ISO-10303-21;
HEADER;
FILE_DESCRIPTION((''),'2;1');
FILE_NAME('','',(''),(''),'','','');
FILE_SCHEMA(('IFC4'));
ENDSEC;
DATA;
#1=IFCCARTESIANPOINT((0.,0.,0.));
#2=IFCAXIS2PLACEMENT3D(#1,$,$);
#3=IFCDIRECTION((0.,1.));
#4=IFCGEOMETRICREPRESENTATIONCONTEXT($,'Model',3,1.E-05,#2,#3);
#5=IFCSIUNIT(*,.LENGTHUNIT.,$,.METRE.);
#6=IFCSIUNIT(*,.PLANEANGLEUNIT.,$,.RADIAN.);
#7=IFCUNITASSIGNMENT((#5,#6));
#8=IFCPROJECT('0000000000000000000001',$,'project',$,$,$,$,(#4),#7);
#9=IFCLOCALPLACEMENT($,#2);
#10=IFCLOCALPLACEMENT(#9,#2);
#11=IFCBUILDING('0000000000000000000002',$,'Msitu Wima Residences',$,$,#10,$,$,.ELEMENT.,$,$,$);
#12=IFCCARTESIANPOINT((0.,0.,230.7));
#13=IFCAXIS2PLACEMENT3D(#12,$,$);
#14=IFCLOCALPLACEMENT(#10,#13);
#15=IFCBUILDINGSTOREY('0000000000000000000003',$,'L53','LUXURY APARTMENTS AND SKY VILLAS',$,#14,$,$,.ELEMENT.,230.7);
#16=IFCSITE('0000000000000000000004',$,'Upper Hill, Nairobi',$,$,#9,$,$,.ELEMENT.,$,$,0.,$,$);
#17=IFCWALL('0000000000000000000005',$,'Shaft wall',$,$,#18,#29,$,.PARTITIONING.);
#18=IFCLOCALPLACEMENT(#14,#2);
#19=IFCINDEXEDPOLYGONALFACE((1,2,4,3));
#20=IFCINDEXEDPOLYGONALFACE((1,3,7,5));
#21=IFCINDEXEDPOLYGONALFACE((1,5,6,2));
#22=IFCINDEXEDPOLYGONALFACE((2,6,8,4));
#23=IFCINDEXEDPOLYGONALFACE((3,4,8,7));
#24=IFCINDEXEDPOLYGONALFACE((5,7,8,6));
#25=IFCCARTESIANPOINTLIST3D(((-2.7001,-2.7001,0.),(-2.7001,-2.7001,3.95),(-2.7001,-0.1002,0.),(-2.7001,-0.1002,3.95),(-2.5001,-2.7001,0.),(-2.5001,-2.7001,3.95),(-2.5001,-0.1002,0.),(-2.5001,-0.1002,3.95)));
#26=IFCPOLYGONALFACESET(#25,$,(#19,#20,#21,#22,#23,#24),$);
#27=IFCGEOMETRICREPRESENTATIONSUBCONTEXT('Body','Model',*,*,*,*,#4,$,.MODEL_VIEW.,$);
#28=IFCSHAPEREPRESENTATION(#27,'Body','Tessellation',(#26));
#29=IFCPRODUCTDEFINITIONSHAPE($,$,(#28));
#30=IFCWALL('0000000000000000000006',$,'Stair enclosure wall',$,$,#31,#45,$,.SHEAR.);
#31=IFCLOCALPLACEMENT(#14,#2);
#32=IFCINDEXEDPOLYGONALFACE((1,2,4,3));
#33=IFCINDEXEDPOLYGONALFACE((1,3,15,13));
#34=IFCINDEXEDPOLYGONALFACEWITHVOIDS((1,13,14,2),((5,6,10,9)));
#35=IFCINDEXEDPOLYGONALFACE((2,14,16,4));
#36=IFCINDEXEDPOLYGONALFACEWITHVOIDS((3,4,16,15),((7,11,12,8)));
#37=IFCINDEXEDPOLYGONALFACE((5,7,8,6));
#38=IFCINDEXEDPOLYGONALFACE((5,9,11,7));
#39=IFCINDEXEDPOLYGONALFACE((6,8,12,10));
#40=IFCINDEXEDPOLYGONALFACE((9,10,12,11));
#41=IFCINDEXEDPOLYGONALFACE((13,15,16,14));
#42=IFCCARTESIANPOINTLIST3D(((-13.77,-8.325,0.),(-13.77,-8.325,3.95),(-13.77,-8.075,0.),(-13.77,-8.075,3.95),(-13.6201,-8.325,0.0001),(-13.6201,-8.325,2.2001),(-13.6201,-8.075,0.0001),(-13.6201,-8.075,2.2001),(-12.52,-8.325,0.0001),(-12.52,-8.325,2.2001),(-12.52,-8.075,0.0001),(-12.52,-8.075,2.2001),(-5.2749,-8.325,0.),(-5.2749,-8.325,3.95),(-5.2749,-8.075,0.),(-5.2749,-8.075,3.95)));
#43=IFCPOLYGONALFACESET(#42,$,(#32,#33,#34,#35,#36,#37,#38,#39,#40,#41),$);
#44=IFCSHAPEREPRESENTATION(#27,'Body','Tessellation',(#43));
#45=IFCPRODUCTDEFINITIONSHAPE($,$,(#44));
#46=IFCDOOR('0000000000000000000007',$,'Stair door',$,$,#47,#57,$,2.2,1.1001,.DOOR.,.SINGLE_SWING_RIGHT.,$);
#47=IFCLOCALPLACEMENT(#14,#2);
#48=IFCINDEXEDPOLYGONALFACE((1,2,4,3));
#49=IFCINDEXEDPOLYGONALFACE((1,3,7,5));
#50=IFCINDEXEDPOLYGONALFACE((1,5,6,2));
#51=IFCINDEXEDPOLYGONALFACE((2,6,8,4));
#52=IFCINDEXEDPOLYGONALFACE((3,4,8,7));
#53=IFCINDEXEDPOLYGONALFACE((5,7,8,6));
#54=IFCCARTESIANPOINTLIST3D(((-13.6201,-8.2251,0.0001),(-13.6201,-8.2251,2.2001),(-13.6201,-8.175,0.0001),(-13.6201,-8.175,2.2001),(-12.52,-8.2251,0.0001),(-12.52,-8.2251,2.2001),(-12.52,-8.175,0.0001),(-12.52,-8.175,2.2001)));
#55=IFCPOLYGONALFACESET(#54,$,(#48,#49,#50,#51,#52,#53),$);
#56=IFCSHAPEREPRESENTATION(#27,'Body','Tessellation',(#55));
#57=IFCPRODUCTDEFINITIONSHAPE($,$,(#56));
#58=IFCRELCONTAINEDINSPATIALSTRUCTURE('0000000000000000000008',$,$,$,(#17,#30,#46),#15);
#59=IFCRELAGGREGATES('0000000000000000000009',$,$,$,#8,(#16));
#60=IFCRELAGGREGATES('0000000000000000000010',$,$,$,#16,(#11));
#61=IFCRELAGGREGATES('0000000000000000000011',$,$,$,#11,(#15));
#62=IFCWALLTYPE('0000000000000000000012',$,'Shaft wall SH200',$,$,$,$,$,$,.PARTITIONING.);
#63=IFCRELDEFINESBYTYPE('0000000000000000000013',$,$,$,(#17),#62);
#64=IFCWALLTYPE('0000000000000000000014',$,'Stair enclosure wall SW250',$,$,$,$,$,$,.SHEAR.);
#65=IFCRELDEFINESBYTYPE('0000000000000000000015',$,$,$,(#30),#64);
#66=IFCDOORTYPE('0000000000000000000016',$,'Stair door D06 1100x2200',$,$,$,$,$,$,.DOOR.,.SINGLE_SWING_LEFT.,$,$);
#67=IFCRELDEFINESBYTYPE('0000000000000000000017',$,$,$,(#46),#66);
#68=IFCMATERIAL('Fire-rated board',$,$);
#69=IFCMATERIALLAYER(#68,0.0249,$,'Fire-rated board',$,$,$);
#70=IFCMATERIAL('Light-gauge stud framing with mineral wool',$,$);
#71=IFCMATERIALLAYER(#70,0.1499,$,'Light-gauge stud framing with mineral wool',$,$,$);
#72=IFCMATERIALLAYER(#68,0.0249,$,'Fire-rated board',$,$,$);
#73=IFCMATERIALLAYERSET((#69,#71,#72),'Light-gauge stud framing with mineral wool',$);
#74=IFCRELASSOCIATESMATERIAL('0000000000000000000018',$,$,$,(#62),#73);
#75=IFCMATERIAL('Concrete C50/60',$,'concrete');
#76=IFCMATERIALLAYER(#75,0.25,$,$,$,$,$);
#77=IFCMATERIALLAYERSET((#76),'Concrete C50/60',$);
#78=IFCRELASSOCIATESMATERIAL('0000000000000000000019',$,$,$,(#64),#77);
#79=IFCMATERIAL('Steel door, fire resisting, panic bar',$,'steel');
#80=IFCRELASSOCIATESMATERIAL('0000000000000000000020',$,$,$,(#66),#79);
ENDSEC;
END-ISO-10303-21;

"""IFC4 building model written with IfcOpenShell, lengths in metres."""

from ifc_helpers import new_model, si_unit, direction, frame, frame_2d, origin, place, context, subcontext, project, spatial, rectangle, extrude, material, layer, layer_set, type_object, element, fill, save


model = new_model("IFC4")

# Units and contexts
model_context = context("Model", 3, precision=1e-05, world=origin(), true_north=direction((0.0, 1.0)))
body_context = subcontext(model_context, "Body", "Model", "MODEL_VIEW")
ifc_project = project(units=[si_unit("LENGTHUNIT", "METRE"), si_unit("PLANEANGLEUNIT", "RADIAN")], contexts=[model_context])

# Site, building, storey
site_placement = place(None, origin())
site = spatial("IfcSite", under=ifc_project, at=site_placement, Name="Upper Hill, Nairobi", CompositionType="ELEMENT", RefElevation=0.0)
building_placement = place(site_placement, origin())
building = spatial("IfcBuilding", under=site, at=building_placement, Name="Msitu Wima Residences", CompositionType="ELEMENT")
storey_placement = place(building_placement, frame((0.0, 0.0, 230.7)))
storey = spatial("IfcBuildingStorey", under=building, at=storey_placement, Name="L53", Description="LUXURY APARTMENTS AND SKY VILLAS", CompositionType="ELEMENT", Elevation=230.7)

# Shared definitions
ifc_material_1 = material(Name="Fire-rated board")
ifc_layer_1 = layer(ifc_material_1, 0.0249, Name="Fire-rated board")
ifc_material_2 = material(Name="Light-gauge stud framing with mineral wool")
ifc_layer_2 = layer(ifc_material_2, 0.1499, Name="Light-gauge stud framing with mineral wool")
ifc_layer_3 = layer(ifc_material_1, 0.0249, Name="Fire-rated board")
ifc_layer_set_1 = layer_set([ifc_layer_1, ifc_layer_2, ifc_layer_3], Name="Light-gauge stud framing with mineral wool")
wall_type_1 = type_object("IfcWallType", Name="Shaft wall SH200", PredefinedType="PARTITIONING", material=ifc_layer_set_1)

# Wall
for number, where, z_axis, x_axis, name in (
    (1, (-2.6001, -2.7, 0.0), (0.0, 0.0, 1.0), (0.0, 1.0, 0.0), "Shaft wall"),
):
    element("IfcWall", number, at=place(storey_placement, frame(where, z_axis=z_axis, x_axis=x_axis)), inside=storey, type_object=wall_type_1, Name=name, PredefinedType="PARTITIONING", context=body_context, shape_type="SweptSolid", body=[
        extrude(rectangle(XDim=2.5999, YDim=0.2, at=frame_2d((1.2998, 0.0))), origin(), (0.0, 0.0, 1.0), 3.95),
    ])

# Wall, opening, door
ifc_material_3 = material(Name="Concrete C50/60", Category="concrete")
ifc_layer_4 = layer(ifc_material_3, 0.25)
ifc_layer_set_2 = layer_set([ifc_layer_4], Name="Concrete C50/60")
wall_type_2 = type_object("IfcWallType", Name="Stair enclosure wall SW250", PredefinedType="SHEAR", material=ifc_layer_set_2)
wall_1_placement = place(storey_placement, frame((-13.77, -8.2, 0.0), z_axis=(0.0, 0.0, 1.0), x_axis=(1.0, 0.0, 0.0)))
wall_1 = element("IfcWall", 2, at=wall_1_placement, inside=storey, type_object=wall_type_2, Name="Stair enclosure wall", PredefinedType="SHEAR", context=body_context, shape_type="SweptSolid", body=[
    extrude(rectangle(XDim=8.4951, YDim=0.25, at=frame_2d((4.2476, 0.0))), origin(), (0.0, 0.0, 1.0), 3.95),
])
opening_1_placement = place(wall_1_placement, frame((0.1499, 0.0, 0.0)))
opening_1 = element("IfcOpeningElement", 3, at=opening_1_placement, cuts=wall_1, PredefinedType="OPENING", context=body_context, shape_type="SweptSolid", body=[
    extrude(rectangle(XDim=1.1001, YDim=2.2, at=frame_2d((0.55, 1.1001))), frame((0.0, 0.135, 0.0), z_axis=(0.0, -1.0, 0.0), x_axis=(1.0, 0.0, 0.0)), (0.0, 0.0, 1.0), 0.27),
])
ifc_material_4 = material(Name="Steel door, fire resisting, panic bar", Category="steel")
door_type_1 = type_object("IfcDoorType", Name="Stair door D06 1100x2200", OperationType="SINGLE_SWING_LEFT", PredefinedType="DOOR", material=ifc_material_4)
door_1_placement = place(opening_1_placement, origin())
door_1 = element("IfcDoor", 4, at=door_1_placement, inside=storey, type_object=door_type_1, Name="Stair door", OperationType="SINGLE_SWING_RIGHT", OverallHeight=2.2, OverallWidth=1.1001, PredefinedType="DOOR", context=body_context, shape_type="SweptSolid", body=[
    extrude(rectangle(XDim=1.1001, YDim=2.2, at=frame_2d((0.55, 1.1001))), frame((0.0, 0.0249, 0.0), z_axis=(0.0, -1.0, 0.0), x_axis=(1.0, 0.0, 0.0)), (0.0, 0.0, 1.0), 0.05),
])
fill(opening_1, door_1)

save(model, "model.ifc")
